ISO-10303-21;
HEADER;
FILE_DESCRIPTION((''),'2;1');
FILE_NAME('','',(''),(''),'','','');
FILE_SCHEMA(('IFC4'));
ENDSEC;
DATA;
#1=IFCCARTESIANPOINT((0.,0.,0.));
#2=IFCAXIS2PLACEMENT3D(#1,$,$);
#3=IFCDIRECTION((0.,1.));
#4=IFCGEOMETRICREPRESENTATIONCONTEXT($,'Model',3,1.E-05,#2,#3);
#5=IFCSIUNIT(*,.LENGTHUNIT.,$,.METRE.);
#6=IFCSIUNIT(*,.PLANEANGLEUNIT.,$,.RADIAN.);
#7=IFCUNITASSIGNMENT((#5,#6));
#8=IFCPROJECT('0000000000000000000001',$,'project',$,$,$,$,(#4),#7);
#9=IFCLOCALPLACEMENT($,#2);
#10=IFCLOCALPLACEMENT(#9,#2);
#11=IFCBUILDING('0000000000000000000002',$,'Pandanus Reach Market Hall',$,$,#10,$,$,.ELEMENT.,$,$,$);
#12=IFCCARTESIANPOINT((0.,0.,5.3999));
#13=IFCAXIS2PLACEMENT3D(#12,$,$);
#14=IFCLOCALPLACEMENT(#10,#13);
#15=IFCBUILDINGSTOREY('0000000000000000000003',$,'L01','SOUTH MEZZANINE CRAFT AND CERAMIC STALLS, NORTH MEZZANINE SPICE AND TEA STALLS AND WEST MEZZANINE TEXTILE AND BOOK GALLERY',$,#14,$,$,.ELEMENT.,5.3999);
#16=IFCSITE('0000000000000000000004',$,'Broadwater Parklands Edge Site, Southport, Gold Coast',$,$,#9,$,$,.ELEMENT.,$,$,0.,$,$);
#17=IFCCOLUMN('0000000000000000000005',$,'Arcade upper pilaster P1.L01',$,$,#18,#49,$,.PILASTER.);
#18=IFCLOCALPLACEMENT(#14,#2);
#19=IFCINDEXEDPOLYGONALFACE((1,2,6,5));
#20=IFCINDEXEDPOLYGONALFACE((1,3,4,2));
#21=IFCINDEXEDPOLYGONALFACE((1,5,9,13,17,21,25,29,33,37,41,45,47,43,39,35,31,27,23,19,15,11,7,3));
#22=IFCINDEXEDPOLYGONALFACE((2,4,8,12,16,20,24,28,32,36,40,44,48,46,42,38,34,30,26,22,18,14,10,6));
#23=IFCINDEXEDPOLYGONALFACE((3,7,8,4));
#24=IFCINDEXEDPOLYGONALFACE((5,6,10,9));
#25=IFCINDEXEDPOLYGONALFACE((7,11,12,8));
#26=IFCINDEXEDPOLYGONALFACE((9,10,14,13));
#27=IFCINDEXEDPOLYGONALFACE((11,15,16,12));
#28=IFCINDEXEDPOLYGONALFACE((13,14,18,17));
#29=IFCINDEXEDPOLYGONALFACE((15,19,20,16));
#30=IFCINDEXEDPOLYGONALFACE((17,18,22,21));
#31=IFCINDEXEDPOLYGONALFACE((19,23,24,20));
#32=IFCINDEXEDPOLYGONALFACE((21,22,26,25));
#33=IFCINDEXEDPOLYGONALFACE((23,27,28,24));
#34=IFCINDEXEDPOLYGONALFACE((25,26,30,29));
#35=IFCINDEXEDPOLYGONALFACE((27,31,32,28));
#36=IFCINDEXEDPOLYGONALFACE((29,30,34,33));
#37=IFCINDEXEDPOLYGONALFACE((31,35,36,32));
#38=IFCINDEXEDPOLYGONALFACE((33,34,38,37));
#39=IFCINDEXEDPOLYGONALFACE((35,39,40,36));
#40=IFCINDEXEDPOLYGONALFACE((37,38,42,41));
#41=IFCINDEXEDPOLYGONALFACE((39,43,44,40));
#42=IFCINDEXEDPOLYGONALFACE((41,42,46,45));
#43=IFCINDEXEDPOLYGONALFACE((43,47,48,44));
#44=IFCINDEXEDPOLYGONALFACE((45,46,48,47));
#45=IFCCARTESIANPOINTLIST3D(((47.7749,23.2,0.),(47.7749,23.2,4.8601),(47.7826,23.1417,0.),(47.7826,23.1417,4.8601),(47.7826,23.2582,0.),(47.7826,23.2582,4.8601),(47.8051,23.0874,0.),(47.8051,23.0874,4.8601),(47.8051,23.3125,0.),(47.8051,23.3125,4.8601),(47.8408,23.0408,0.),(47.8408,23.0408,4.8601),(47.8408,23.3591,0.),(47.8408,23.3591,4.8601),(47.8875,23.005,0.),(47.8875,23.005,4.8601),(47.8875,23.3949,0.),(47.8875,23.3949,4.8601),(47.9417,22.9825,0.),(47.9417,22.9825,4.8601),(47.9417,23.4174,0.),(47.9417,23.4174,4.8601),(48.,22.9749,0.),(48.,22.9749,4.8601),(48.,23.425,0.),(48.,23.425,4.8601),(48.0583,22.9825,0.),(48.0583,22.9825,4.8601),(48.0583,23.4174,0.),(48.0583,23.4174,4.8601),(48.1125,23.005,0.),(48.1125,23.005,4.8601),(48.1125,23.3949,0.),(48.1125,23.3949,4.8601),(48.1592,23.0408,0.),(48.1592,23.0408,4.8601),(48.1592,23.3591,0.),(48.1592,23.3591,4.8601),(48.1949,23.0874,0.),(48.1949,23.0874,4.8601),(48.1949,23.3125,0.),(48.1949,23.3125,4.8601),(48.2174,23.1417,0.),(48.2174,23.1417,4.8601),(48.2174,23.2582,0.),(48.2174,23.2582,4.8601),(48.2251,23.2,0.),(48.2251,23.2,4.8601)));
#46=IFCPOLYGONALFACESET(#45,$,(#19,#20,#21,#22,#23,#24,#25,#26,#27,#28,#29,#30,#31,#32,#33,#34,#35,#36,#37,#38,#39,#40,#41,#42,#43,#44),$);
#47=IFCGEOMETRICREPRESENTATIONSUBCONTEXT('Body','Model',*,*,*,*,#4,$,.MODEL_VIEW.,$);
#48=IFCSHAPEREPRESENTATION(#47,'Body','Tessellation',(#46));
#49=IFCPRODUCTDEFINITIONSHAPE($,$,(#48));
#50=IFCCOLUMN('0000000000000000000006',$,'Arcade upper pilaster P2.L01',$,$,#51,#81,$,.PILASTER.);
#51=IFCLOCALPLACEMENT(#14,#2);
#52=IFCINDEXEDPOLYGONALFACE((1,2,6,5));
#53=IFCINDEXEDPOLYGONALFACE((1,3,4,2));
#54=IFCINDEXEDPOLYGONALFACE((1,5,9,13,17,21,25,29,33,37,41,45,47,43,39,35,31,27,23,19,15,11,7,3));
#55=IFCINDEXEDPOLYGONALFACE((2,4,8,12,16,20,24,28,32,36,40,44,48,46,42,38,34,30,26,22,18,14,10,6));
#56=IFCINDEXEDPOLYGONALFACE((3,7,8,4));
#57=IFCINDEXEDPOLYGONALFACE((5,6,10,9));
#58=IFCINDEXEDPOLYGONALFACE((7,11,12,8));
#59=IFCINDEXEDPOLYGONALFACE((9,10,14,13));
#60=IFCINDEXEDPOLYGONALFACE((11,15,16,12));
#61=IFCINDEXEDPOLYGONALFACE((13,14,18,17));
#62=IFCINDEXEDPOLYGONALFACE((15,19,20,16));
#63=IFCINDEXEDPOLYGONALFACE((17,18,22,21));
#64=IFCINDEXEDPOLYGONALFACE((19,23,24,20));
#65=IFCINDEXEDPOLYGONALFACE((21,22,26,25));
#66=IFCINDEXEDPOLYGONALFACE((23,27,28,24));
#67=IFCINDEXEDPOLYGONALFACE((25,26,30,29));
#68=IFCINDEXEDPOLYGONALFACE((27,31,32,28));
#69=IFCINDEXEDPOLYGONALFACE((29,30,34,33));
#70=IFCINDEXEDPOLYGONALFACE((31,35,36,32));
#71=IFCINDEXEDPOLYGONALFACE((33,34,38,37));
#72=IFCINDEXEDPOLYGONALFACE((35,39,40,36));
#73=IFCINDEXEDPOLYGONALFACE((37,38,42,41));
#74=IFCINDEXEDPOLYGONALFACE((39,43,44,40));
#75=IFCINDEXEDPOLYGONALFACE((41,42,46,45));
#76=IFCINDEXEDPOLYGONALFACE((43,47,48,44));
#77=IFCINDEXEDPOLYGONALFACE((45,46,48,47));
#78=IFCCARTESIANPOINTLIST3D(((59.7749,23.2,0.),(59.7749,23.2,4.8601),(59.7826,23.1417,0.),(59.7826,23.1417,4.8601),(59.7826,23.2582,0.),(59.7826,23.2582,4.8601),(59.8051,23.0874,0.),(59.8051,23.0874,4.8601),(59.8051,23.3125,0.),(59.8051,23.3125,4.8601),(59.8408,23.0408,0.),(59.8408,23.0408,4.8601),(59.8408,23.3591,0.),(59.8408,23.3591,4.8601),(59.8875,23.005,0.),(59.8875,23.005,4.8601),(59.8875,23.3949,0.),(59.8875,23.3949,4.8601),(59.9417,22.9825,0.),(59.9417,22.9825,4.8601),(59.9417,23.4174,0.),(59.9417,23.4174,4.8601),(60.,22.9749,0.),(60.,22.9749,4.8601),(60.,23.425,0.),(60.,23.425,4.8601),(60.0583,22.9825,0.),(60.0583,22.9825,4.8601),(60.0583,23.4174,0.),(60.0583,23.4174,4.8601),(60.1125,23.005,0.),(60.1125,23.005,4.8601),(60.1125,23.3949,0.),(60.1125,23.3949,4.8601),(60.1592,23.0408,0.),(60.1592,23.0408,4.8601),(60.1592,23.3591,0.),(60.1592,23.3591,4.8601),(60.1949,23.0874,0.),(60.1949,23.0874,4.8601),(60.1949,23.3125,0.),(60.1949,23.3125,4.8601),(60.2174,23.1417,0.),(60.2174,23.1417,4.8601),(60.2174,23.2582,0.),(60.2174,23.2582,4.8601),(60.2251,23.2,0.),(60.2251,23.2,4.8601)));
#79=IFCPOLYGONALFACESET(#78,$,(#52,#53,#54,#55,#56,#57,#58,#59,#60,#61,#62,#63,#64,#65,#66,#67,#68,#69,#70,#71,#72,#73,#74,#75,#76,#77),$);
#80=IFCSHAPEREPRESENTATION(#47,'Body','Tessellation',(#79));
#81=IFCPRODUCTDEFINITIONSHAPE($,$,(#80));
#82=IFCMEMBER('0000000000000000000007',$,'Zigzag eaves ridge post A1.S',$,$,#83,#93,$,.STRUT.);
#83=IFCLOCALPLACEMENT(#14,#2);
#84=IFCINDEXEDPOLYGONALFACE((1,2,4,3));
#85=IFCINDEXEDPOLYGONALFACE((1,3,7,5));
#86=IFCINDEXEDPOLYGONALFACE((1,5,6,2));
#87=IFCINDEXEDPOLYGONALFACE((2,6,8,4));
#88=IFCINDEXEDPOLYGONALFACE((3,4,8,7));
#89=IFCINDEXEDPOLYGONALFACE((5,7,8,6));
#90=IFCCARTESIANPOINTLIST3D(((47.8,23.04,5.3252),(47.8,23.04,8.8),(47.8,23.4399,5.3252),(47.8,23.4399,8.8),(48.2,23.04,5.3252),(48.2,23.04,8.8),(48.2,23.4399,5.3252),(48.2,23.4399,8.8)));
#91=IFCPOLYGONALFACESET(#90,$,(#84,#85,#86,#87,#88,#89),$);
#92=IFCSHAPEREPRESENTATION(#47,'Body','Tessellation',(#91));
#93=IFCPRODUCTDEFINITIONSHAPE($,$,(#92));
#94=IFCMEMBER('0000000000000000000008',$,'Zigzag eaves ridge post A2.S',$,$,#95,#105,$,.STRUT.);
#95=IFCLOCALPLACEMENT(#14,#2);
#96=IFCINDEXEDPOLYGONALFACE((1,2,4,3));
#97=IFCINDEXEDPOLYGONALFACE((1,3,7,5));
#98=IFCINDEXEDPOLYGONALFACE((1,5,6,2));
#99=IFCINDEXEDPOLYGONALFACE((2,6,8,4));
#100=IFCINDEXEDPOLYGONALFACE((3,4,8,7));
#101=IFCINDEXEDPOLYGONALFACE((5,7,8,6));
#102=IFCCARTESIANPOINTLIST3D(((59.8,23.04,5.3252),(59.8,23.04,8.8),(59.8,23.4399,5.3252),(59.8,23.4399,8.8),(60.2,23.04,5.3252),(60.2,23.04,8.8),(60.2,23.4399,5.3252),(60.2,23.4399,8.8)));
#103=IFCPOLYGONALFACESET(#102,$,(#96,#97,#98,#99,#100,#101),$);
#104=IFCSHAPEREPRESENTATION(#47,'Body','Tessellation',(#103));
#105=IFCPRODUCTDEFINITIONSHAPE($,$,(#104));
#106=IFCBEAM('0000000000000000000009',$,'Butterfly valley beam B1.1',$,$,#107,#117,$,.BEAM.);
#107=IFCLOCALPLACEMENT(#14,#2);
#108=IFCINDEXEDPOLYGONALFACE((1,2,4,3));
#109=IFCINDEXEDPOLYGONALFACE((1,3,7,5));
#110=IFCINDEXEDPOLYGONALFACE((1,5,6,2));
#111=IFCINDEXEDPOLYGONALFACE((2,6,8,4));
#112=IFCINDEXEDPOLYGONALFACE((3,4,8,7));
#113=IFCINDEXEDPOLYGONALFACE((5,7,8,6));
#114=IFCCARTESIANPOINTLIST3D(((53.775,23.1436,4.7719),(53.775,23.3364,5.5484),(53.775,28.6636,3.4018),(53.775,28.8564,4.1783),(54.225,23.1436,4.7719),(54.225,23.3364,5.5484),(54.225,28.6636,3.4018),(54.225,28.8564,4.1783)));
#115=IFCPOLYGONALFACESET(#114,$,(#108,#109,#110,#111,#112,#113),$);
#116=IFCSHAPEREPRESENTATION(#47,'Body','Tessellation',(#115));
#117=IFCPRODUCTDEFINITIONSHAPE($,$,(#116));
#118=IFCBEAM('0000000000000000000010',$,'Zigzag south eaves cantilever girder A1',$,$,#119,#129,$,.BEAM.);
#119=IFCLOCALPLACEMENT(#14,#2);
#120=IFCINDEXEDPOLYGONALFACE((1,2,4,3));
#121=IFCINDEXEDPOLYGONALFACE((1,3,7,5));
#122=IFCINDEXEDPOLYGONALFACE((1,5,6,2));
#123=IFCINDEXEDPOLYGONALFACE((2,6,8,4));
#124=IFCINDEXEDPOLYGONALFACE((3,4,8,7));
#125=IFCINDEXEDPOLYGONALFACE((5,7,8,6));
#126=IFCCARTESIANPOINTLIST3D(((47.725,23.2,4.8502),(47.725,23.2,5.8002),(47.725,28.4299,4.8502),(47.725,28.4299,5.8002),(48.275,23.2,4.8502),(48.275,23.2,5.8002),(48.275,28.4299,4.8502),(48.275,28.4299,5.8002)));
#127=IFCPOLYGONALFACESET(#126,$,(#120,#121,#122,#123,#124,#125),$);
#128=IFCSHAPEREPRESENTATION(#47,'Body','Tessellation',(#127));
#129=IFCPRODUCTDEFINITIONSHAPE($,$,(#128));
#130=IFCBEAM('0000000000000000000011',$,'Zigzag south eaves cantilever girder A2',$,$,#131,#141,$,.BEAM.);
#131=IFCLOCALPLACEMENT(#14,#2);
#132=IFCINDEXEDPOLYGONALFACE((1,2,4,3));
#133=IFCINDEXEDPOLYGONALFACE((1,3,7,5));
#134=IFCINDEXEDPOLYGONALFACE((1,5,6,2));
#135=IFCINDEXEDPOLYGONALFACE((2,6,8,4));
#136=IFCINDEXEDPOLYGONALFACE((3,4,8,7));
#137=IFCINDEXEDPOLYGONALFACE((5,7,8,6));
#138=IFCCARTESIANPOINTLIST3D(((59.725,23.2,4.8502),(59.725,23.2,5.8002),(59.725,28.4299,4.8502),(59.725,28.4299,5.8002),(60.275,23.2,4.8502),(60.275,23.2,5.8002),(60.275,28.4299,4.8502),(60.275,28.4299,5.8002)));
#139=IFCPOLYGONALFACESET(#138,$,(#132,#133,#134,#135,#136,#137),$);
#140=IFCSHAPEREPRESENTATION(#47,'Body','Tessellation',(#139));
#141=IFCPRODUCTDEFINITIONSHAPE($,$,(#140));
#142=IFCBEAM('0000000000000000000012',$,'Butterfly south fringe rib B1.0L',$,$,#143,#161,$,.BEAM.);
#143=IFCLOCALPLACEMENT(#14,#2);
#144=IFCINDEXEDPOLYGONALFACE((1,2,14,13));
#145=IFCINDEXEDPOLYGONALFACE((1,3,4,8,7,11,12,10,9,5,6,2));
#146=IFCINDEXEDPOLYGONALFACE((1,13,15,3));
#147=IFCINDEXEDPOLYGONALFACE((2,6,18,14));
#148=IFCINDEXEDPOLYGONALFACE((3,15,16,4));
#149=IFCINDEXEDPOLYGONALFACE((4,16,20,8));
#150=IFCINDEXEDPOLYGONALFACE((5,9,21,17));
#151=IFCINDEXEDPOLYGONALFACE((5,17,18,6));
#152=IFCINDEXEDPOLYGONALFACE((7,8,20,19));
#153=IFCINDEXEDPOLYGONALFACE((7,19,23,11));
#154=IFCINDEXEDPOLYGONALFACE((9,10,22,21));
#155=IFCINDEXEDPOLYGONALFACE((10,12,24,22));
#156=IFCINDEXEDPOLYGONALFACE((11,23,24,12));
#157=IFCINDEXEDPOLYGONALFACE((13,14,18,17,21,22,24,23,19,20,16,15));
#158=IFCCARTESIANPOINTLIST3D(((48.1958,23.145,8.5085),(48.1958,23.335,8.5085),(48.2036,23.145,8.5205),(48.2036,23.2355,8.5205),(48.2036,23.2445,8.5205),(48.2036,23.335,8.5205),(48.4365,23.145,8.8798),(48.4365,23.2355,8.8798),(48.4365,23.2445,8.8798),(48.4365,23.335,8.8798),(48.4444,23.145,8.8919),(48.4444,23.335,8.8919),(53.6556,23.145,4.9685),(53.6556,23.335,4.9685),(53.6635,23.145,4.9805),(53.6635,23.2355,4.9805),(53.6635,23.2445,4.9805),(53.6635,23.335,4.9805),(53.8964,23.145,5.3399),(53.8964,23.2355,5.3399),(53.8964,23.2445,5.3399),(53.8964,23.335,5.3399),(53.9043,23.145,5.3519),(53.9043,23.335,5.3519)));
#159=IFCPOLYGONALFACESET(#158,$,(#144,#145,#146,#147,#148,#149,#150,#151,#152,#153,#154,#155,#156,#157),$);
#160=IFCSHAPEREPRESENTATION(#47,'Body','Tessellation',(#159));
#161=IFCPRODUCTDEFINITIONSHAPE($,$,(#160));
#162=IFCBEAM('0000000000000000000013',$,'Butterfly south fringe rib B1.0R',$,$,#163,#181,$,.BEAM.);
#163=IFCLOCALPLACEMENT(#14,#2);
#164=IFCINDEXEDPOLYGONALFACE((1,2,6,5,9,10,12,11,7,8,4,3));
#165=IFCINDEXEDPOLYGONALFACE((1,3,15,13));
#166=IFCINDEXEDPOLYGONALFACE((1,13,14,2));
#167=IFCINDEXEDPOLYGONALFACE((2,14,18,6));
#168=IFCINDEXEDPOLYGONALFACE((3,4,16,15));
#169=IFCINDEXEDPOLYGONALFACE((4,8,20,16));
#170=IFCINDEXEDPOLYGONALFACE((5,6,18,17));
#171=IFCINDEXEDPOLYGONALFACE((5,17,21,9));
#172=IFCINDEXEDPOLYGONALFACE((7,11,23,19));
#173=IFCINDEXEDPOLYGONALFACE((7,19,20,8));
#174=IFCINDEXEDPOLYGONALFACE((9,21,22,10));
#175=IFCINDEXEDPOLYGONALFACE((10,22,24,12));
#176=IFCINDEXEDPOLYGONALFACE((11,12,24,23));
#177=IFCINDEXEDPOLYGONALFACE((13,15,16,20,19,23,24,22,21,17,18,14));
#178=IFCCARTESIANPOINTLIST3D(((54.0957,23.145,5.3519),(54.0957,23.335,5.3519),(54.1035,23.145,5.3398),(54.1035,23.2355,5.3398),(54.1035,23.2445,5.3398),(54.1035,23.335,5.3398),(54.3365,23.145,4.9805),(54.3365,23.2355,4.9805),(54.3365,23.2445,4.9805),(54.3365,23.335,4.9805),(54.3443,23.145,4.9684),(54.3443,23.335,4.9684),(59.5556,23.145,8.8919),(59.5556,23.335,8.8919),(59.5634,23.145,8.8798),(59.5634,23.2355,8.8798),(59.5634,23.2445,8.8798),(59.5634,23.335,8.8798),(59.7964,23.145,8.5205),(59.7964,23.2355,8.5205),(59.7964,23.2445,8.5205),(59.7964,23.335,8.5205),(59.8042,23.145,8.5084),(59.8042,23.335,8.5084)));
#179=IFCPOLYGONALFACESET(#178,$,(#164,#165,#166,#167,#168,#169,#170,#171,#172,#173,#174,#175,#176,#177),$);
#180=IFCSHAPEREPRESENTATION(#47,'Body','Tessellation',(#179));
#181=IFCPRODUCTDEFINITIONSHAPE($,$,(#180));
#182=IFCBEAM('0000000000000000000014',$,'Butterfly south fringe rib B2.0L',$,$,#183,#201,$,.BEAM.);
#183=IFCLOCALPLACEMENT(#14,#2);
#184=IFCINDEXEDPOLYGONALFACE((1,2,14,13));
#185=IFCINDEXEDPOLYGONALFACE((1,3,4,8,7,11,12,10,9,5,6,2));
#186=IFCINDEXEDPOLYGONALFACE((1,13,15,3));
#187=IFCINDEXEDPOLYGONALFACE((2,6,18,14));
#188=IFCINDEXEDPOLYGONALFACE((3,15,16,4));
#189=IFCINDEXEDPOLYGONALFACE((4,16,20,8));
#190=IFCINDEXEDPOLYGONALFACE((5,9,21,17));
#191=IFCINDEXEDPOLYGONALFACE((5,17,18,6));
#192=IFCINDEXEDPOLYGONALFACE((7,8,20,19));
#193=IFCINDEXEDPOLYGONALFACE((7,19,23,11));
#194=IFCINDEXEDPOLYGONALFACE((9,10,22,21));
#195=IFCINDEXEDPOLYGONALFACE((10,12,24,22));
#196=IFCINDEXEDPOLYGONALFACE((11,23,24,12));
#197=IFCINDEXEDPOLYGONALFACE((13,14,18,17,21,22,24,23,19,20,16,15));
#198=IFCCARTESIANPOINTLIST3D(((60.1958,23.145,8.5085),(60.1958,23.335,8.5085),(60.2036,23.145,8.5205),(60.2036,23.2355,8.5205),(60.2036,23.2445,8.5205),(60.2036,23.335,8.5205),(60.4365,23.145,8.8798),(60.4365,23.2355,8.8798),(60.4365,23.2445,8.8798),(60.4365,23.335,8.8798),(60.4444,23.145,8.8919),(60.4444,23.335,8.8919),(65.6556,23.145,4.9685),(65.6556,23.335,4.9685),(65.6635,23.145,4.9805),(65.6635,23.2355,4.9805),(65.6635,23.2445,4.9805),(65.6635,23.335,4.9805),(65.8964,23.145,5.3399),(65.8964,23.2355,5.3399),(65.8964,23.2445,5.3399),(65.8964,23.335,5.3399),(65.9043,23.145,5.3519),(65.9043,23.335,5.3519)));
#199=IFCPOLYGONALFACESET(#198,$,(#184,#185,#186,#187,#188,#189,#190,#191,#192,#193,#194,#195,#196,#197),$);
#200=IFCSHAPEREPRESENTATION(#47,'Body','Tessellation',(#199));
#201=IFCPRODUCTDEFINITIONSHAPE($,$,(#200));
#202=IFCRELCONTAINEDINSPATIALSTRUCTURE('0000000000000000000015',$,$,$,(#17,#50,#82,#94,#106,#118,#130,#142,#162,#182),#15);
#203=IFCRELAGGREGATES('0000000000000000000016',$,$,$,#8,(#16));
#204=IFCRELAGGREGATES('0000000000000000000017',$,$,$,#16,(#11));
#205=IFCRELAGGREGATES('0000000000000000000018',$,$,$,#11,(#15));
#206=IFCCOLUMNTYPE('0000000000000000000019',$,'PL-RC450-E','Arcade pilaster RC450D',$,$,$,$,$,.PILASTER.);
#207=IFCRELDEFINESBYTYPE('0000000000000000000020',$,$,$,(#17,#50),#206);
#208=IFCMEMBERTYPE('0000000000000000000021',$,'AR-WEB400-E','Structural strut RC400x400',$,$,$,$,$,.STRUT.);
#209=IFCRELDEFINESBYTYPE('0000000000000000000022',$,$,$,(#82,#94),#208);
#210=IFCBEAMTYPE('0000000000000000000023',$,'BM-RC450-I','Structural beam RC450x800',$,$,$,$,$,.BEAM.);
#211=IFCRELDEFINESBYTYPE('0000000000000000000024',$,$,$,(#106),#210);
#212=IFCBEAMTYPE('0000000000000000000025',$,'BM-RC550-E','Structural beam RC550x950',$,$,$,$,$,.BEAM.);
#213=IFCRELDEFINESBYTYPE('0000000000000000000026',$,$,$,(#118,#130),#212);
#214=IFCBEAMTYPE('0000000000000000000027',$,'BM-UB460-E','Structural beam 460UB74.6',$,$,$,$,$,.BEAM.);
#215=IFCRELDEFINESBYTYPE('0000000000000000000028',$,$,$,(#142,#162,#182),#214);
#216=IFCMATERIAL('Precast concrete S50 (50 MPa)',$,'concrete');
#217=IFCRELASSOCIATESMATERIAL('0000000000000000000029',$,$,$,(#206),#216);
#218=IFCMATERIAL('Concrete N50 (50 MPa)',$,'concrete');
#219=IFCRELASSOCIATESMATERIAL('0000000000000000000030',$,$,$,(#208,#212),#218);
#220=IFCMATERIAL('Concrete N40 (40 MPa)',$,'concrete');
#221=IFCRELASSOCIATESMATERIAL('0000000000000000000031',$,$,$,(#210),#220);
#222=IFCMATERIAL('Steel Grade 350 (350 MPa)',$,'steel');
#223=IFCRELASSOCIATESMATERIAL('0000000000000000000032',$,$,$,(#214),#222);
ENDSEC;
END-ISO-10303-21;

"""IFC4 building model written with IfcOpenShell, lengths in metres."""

from ifc_helpers import new_model, si_unit, direction, frame, origin, origin_2d, place, context, subcontext, project, spatial, rectangle, circle, i_section, extrude, material, material_profile, profile_set, type_object, element, save


model = new_model("IFC4")

# Units and contexts
model_context = context("Model", 3, precision=1e-05, world=origin(), true_north=direction((0.0, 1.0)))
body_context = subcontext(model_context, "Body", "Model", "MODEL_VIEW")
ifc_project = project(units=[si_unit("LENGTHUNIT", "METRE"), si_unit("PLANEANGLEUNIT", "RADIAN")], contexts=[model_context])

# Site, building, storey
site_placement = place(None, origin())
site = spatial("IfcSite", under=ifc_project, at=site_placement, Name="Broadwater Parklands Edge Site, Southport, Gold Coast", CompositionType="ELEMENT", RefElevation=0.0)
building_placement = place(site_placement, origin())
building = spatial("IfcBuilding", under=site, at=building_placement, Name="Pandanus Reach Market Hall", CompositionType="ELEMENT")
storey_placement = place(building_placement, frame((0.0, 0.0, 5.3999)))
storey = spatial("IfcBuildingStorey", under=building, at=storey_placement, Name="L01", Description="SOUTH MEZZANINE CRAFT AND CERAMIC STALLS, NORTH MEZZANINE SPICE AND TEA STALLS AND WEST MEZZANINE TEXTILE AND BOOK GALLERY", CompositionType="ELEMENT", Elevation=5.3999)

# Columns
ifc_material_1 = material(Name="Precast concrete S50 (50 MPa)", Category="concrete")
ifc_material_profile_1 = material_profile(ifc_material_1, circle(Radius=0.2251, at=origin_2d()), Name="RC450D", Category="LoadBearing")
ifc_profile_set_1 = profile_set([ifc_material_profile_1], Name="Precast concrete S50 (50 MPa)")
column_type = type_object("IfcColumnType", Name="PL-RC450-E", Description="Arcade pilaster RC450D", PredefinedType="PILASTER", material=ifc_profile_set_1)
for number, where, z_axis, x_axis, name in (
    (1, (48.0, 23.2, 0.0), (0.0, 0.0, 1.0), (1.0, 0.0, 0.0), "Arcade upper pilaster P1.L01"),
    (2, (60.0, 23.2, 0.0), (0.0, 0.0, 1.0), (1.0, 0.0, 0.0), "Arcade upper pilaster P2.L01"),
):
    element("IfcColumn", number, at=place(storey_placement, frame(where, z_axis=z_axis, x_axis=x_axis)), inside=storey, type_object=column_type, Name=name, PredefinedType="PILASTER", context=body_context, shape_type="SweptSolid", body=[
        extrude(circle(Radius=0.2251, at=origin_2d()), origin(), (0.0, 0.0, 1.0), 4.8601),
    ])

# Members
ifc_material_2 = material(Name="Concrete N50 (50 MPa)", Category="concrete")
ifc_material_profile_2 = material_profile(ifc_material_2, rectangle(XDim=0.3999, YDim=0.3999, at=origin_2d()), Name="RC400x400", Category="LoadBearing")
ifc_profile_set_2 = profile_set([ifc_material_profile_2], Name="Concrete N50 (50 MPa)")
member_type_1 = type_object("IfcMemberType", Name="AR-WEB400-E", Description="Structural strut RC400x400", PredefinedType="STRUT", material=ifc_profile_set_2)
for number, where, z_axis, x_axis, name in (
    (3, (48.0, 23.24, 5.3252), (0.0, 0.0, 1.0), (1.0, 0.0, 0.0), "Zigzag eaves ridge post A1.S"),
    (4, (60.0, 23.24, 5.3252), (0.0, 0.0, 1.0), (1.0, 0.0, 0.0), "Zigzag eaves ridge post A2.S"),
):
    element("IfcMember", number, at=place(storey_placement, frame(where, z_axis=z_axis, x_axis=x_axis)), inside=storey, type_object=member_type_1, Name=name, PredefinedType="STRUT", context=body_context, shape_type="SweptSolid", body=[
        extrude(rectangle(XDim=0.3999, YDim=0.3999, at=origin_2d()), origin(), (0.0, 0.0, 1.0), 3.4749),
    ])

# Beams
ifc_material_3 = material(Name="Concrete N40 (40 MPa)", Category="concrete")
ifc_material_profile_3 = material_profile(ifc_material_3, rectangle(XDim=0.45, YDim=0.8, at=origin_2d()), Name="RC450x800", Category="LoadBearing")
ifc_profile_set_3 = profile_set([ifc_material_profile_3], Name="Concrete N40 (40 MPa)")
beam_type_1 = type_object("IfcBeamType", Name="BM-RC450-I", Description="Structural beam RC450x800", PredefinedType="BEAM", material=ifc_profile_set_3)
beam_placement = place(storey_placement, frame((54.0, 23.24, 5.1602), z_axis=(0.0, 0.97055, -0.240899), x_axis=(-1.0, 0.0, 0.0)))
element("IfcBeam", 5, at=beam_placement, inside=storey, type_object=beam_type_1, Name="Butterfly valley beam B1.1", PredefinedType="BEAM", context=body_context, shape_type="SweptSolid", body=[
    extrude(rectangle(XDim=0.45, YDim=0.8, at=origin_2d()), origin(), (0.0, 0.0, 1.0), 5.6875),
])
ifc_material_profile_4 = material_profile(ifc_material_2, rectangle(XDim=0.55, YDim=0.95, at=origin_2d()), Name="RC550x950", Category="LoadBearing")
ifc_profile_set_4 = profile_set([ifc_material_profile_4], Name="Concrete N50 (50 MPa)")
beam_type_2 = type_object("IfcBeamType", Name="BM-RC550-E", Description="Structural beam RC550x950", PredefinedType="BEAM", material=ifc_profile_set_4)
for number, where, z_axis, x_axis, name in (
    (6, (48.0, 23.2, 5.3252), (0.0, 1.0, 0.0), (-1.0, 0.0, 0.0), "Zigzag south eaves cantilever girder A1"),
    (7, (60.0, 23.2, 5.3252), (0.0, 1.0, 0.0), (-1.0, 0.0, 0.0), "Zigzag south eaves cantilever girder A2"),
):
    element("IfcBeam", number, at=place(storey_placement, frame(where, z_axis=z_axis, x_axis=x_axis)), inside=storey, type_object=beam_type_2, Name=name, PredefinedType="BEAM", context=body_context, shape_type="SweptSolid", body=[
        extrude(rectangle(XDim=0.55, YDim=0.95, at=origin_2d()), origin(), (0.0, 0.0, 1.0), 5.23),
    ])
ifc_material_4 = material(Name="Steel Grade 350 (350 MPa)", Category="steel")
ifc_material_profile_5 = material_profile(ifc_material_4, i_section(OverallWidth=0.1899, OverallDepth=0.457, WebThickness=0.009, FlangeThickness=0.0144, at=origin_2d()), Name="460UB74.6", Category="LoadBearing")
ifc_profile_set_5 = profile_set([ifc_material_profile_5], Name="Steel Grade 350 (350 MPa)")
beam_type_3 = type_object("IfcBeamType", Name="BM-UB460-E", Description="Structural beam 460UB74.6", PredefinedType="BEAM", material=ifc_profile_set_5)
for number, where, z_axis, x_axis, name in (
    (8, (48.3201, 23.24, 8.7002), (0.839071, 0.0, -0.544023), (0.0, 1.0, 0.0), "Butterfly south fringe rib B1.0L"),
    (9, (54.22, 23.24, 5.1602), (0.839071, 0.0, 0.544023), (0.0, 1.0, 0.0), "Butterfly south fringe rib B1.0R"),
    (10, (60.3201, 23.24, 8.7002), (0.839071, 0.0, -0.544023), (0.0, 1.0, 0.0), "Butterfly south fringe rib B2.0L"),
):
    element("IfcBeam", number, at=place(storey_placement, frame(where, z_axis=z_axis, x_axis=x_axis)), inside=storey, type_object=beam_type_3, Name=name, PredefinedType="BEAM", context=body_context, shape_type="SweptSolid", body=[
        extrude(i_section(OverallWidth=0.1899, OverallDepth=0.457, WebThickness=0.009, FlangeThickness=0.0144, at=origin_2d()), origin(), (0.0, 0.0, 1.0), 6.5071),
    ])

save(model, "model.ifc")
